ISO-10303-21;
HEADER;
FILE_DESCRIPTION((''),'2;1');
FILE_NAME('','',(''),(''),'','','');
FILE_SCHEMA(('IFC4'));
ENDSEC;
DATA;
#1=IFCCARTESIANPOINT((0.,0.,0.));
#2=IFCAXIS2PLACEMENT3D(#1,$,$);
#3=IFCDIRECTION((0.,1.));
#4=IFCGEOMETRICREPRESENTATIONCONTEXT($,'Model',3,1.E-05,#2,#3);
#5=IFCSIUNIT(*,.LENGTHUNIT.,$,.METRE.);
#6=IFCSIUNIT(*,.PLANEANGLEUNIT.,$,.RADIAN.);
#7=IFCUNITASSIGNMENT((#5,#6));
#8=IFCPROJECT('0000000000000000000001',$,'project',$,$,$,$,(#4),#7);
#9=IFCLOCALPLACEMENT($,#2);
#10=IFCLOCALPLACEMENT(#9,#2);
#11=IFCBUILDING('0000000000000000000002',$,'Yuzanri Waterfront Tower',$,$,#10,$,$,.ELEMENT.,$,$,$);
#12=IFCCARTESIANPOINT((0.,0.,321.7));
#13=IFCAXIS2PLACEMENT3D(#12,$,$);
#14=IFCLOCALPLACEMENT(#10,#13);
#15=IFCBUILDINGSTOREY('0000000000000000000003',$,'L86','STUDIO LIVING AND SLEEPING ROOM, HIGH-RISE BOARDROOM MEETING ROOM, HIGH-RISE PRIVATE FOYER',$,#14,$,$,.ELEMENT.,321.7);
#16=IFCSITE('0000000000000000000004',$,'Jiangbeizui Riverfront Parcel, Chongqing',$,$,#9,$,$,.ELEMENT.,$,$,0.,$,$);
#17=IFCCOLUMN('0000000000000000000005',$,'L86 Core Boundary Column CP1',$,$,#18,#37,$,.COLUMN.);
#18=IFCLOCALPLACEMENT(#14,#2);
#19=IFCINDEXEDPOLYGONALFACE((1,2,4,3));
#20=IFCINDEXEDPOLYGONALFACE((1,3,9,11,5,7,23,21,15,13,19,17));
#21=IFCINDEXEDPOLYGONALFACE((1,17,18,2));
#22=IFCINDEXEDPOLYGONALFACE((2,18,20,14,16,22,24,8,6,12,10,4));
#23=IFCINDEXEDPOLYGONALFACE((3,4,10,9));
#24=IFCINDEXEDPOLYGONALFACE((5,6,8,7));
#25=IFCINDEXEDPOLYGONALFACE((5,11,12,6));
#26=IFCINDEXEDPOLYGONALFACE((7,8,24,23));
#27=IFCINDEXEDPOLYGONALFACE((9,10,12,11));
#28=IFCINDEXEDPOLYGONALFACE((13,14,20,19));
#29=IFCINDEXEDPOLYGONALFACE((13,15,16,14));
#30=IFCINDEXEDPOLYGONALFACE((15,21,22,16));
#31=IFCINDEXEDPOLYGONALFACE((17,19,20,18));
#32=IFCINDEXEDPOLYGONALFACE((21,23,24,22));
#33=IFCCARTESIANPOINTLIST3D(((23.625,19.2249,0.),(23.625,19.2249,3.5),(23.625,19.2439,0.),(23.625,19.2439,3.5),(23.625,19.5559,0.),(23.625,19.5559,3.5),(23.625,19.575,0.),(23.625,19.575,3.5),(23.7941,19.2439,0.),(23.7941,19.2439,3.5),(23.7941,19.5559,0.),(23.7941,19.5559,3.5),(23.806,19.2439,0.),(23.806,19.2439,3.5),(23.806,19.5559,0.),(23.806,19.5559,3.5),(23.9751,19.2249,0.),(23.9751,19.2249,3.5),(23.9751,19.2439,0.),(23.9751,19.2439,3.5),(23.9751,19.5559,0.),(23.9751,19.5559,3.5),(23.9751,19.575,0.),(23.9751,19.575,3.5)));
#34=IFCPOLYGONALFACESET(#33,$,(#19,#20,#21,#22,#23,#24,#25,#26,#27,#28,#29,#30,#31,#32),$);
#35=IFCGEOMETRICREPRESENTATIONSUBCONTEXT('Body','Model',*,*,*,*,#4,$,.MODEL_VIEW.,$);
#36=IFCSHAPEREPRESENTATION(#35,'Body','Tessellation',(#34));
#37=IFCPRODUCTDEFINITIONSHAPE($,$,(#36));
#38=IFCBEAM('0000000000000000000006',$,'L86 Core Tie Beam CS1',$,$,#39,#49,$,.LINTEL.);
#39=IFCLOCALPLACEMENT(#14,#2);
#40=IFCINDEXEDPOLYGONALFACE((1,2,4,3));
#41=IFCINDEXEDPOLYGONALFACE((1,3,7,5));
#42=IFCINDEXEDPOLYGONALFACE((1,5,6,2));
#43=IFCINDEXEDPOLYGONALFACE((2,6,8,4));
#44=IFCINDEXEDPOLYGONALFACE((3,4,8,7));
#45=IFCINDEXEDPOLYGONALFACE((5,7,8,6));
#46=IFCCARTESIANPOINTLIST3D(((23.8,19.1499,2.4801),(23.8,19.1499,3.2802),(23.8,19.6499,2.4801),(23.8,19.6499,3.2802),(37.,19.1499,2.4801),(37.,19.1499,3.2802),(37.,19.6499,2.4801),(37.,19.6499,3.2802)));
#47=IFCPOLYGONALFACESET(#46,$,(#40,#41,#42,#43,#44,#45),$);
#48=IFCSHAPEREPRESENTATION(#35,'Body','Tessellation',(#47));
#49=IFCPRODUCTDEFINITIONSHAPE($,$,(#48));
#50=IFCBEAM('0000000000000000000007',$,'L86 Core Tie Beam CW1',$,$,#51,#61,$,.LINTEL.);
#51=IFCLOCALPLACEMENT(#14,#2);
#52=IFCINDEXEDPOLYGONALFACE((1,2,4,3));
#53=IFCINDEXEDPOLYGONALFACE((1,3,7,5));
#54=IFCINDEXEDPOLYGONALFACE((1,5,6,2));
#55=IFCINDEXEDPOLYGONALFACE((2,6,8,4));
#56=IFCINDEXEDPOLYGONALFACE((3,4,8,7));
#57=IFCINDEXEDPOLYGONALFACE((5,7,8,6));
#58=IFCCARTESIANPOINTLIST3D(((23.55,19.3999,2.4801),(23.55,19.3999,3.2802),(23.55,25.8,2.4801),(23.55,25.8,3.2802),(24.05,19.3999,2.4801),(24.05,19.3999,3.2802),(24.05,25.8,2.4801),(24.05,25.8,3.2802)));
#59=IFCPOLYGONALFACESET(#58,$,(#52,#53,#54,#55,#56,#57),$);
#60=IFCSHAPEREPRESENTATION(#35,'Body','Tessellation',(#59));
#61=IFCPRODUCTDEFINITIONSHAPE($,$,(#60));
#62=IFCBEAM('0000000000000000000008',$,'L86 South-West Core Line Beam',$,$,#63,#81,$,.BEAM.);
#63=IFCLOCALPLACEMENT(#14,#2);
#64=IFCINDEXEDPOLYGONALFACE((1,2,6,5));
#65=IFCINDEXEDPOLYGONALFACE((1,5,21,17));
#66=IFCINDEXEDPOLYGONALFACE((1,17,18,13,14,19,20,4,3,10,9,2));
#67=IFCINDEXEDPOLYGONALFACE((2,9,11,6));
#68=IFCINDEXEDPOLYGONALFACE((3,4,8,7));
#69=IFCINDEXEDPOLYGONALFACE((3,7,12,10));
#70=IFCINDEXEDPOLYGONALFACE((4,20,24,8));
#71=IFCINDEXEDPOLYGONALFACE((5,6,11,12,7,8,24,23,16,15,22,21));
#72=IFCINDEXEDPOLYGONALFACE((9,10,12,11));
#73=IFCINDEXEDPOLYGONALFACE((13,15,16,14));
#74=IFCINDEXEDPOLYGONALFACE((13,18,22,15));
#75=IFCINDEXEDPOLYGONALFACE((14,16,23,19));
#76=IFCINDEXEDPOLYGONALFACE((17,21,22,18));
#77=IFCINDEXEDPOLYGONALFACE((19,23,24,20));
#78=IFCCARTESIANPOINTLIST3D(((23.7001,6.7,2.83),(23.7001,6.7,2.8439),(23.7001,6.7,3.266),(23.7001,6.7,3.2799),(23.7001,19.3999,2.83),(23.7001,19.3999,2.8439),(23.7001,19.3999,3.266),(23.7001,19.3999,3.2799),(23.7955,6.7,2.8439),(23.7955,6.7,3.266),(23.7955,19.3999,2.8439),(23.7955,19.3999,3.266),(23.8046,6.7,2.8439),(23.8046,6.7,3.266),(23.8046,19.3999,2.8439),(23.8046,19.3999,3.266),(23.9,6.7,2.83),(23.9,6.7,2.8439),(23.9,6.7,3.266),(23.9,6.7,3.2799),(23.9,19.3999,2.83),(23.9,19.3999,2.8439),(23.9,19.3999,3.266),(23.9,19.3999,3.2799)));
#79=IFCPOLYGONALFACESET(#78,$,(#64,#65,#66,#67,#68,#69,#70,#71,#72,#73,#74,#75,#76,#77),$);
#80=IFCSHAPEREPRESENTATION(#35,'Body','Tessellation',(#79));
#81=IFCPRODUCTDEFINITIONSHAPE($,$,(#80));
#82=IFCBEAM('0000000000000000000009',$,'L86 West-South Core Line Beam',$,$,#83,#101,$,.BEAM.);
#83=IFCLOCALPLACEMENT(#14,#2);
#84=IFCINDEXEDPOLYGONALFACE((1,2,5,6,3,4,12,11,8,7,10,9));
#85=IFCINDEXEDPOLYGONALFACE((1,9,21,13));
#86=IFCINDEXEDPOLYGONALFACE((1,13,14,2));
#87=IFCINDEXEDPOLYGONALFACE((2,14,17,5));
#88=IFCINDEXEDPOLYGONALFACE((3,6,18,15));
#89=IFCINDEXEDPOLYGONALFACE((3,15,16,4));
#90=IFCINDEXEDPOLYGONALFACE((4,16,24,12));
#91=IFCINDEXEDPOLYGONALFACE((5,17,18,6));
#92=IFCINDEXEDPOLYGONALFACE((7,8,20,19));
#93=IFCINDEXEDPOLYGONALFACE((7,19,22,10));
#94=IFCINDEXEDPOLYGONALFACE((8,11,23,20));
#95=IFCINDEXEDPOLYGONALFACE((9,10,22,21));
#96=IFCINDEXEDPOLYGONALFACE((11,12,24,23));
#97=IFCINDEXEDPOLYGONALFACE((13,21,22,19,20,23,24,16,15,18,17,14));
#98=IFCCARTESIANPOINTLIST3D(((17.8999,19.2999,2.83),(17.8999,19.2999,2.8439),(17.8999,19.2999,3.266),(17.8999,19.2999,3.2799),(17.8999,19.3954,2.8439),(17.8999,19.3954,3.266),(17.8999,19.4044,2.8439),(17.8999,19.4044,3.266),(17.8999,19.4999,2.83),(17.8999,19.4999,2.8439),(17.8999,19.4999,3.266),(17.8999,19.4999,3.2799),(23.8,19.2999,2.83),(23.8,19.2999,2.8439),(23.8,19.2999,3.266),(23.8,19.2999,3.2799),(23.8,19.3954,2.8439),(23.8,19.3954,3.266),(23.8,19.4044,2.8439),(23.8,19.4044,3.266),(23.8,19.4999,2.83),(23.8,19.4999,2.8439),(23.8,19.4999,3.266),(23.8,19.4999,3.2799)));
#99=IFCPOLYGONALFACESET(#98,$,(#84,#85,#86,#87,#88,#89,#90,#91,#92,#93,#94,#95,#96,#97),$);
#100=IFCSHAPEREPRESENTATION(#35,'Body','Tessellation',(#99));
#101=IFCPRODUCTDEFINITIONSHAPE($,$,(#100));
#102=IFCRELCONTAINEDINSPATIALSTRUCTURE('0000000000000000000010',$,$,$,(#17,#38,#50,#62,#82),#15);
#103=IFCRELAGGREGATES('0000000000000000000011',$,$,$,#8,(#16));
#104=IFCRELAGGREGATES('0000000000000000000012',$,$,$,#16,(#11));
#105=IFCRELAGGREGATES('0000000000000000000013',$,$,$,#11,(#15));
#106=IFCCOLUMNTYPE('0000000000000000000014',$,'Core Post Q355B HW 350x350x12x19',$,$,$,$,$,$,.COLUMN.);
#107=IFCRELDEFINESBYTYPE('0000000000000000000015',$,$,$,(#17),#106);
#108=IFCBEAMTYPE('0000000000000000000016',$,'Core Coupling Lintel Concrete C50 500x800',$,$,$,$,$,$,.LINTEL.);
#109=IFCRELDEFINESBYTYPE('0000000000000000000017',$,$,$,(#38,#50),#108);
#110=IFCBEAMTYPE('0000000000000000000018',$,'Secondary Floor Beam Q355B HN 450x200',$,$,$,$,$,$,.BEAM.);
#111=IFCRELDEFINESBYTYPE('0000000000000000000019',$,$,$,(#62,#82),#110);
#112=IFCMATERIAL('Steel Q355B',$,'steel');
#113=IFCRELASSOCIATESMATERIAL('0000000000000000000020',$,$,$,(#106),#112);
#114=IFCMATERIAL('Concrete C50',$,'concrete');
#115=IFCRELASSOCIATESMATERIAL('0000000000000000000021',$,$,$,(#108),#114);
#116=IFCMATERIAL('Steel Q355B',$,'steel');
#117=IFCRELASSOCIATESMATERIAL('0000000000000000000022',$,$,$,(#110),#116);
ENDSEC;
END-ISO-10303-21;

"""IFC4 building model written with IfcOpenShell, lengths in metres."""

from ifc_helpers import new_model, si_unit, direction, frame, origin, origin_2d, place, context, subcontext, project, spatial, rectangle, i_section, extrude, source, transform, mapped, material, material_profile, profile_set, type_object, element, save


model = new_model("IFC4")

# Units and contexts
model_context = context("Model", 3, precision=1e-05, world=origin(), true_north=direction((0.0, 1.0)))
body_context = subcontext(model_context, "Body", "Model", "MODEL_VIEW")
ifc_project = project(units=[si_unit("LENGTHUNIT", "METRE"), si_unit("PLANEANGLEUNIT", "RADIAN")], contexts=[model_context])

# Site, building, storey
site_placement = place(None, origin())
site = spatial("IfcSite", under=ifc_project, at=site_placement, Name="Jiangbeizui Riverfront Parcel, Chongqing", CompositionType="ELEMENT", RefElevation=0.0)
building_placement = place(site_placement, origin())
building = spatial("IfcBuilding", under=site, at=building_placement, Name="Yuzanri Waterfront Tower", CompositionType="ELEMENT")
storey_placement = place(building_placement, frame((0.0, 0.0, 321.7)))
storey = spatial("IfcBuildingStorey", under=building, at=storey_placement, Name="L86", Description="STUDIO LIVING AND SLEEPING ROOM, HIGH-RISE BOARDROOM MEETING ROOM, HIGH-RISE PRIVATE FOYER", CompositionType="ELEMENT", Elevation=321.7)

# Column
ifc_material_1 = material(Name="Steel Q355B", Category="steel")
ifc_material_profile_1 = material_profile(ifc_material_1, i_section(OverallWidth=0.3501, OverallDepth=0.3501, WebThickness=0.012, FlangeThickness=0.019, at=origin_2d()), Name="HW 350x350x12x19")
ifc_profile_set_1 = profile_set([ifc_material_profile_1], Name="Steel Q355B")
column_type = type_object("IfcColumnType", Name="Core Post Q355B HW 350x350x12x19", PredefinedType="COLUMN", material=ifc_profile_set_1)
shared_shape_1 = source(origin(), body_context, "Body", "SweptSolid", [
    extrude(i_section(OverallWidth=0.3501, OverallDepth=0.3501, WebThickness=0.012, FlangeThickness=0.019, at=origin_2d()), origin(), (0.0, 0.0, 1.0), 3.5),
])
column_placement = place(storey_placement, frame((23.8, 19.3999, 0.0), z_axis=(0.0, 0.0, 1.0), x_axis=(1.0, 0.0, 0.0)))
element("IfcColumn", 1, at=column_placement, inside=storey, type_object=column_type, Name="L86 Core Boundary Column CP1", PredefinedType="COLUMN", context=body_context, shape_type="MappedRepresentation", body=[
    mapped(shared_shape_1, transform((0.0, 0.0, 0.0), scale=1.0)),
])

# Beams
ifc_material_2 = material(Name="Concrete C50", Category="concrete")
ifc_material_profile_2 = material_profile(ifc_material_2, rectangle(XDim=0.5, YDim=0.8, at=origin_2d()), Name="RC 500x800")
ifc_profile_set_2 = profile_set([ifc_material_profile_2], Name="Concrete C50")
beam_type_1 = type_object("IfcBeamType", Name="Core Coupling Lintel Concrete C50 500x800", PredefinedType="LINTEL", material=ifc_profile_set_2)
shared_shape_2 = source(origin(), body_context, "Body", "SweptSolid", [
    extrude(rectangle(XDim=0.5, YDim=0.8, at=origin_2d()), origin(), (0.0, 0.0, 1.0), 13.2),
])
beam_1_placement = place(storey_placement, frame((23.8, 19.3999, 2.8801), z_axis=(1.0, 0.0, 0.0), x_axis=(0.0, 1.0, 0.0)))
element("IfcBeam", 2, at=beam_1_placement, inside=storey, type_object=beam_type_1, Name="L86 Core Tie Beam CS1", PredefinedType="LINTEL", context=body_context, shape_type="MappedRepresentation", body=[
    mapped(shared_shape_2, transform((0.0, 0.0, 0.0), scale=1.0)),
])
shared_shape_3 = source(origin(), body_context, "Body", "SweptSolid", [
    extrude(rectangle(XDim=0.5, YDim=0.8, at=origin_2d()), origin(), (0.0, 0.0, 1.0), 6.4001),
])
beam_2_placement = place(storey_placement, frame((23.8, 19.3999, 2.8801), z_axis=(0.0, 1.0, 0.0), x_axis=(-1.0, 0.0, 0.0)))
element("IfcBeam", 3, at=beam_2_placement, inside=storey, type_object=beam_type_1, Name="L86 Core Tie Beam CW1", PredefinedType="LINTEL", context=body_context, shape_type="MappedRepresentation", body=[
    mapped(shared_shape_3, transform((0.0, 0.0, 0.0), scale=1.0)),
])
ifc_material_3 = material(Name="Steel Q355B", Category="steel")
ifc_material_profile_3 = material_profile(ifc_material_3, i_section(OverallWidth=0.2, OverallDepth=0.45, WebThickness=0.009, FlangeThickness=0.0139, at=origin_2d()), Name="HN 450x200x9x14")
ifc_profile_set_3 = profile_set([ifc_material_profile_3], Name="Steel Q355B")
beam_type_2 = type_object("IfcBeamType", Name="Secondary Floor Beam Q355B HN 450x200", PredefinedType="BEAM", material=ifc_profile_set_3)
shared_shape_4 = source(origin(), body_context, "Body", "SweptSolid", [
    extrude(i_section(OverallWidth=0.2, OverallDepth=0.45, WebThickness=0.009, FlangeThickness=0.0139, at=origin_2d()), origin(), (0.0, 0.0, 1.0), 12.7),
])
beam_3_placement = place(storey_placement, frame((23.8, 19.3999, 3.0549), z_axis=(0.0, -1.0, 0.0), x_axis=(1.0, 0.0, 0.0)))
element("IfcBeam", 4, at=beam_3_placement, inside=storey, type_object=beam_type_2, Name="L86 South-West Core Line Beam", PredefinedType="BEAM", context=body_context, shape_type="MappedRepresentation", body=[
    mapped(shared_shape_4, transform((0.0, 0.0, 0.0), scale=1.0)),
])
shared_shape_5 = source(origin(), body_context, "Body", "SweptSolid", [
    extrude(i_section(OverallWidth=0.2, OverallDepth=0.45, WebThickness=0.009, FlangeThickness=0.0139, at=origin_2d()), origin(), (0.0, 0.0, 1.0), 5.9001),
])
beam_4_placement = place(storey_placement, frame((23.8, 19.3999, 3.0549), z_axis=(-1.0, 0.0, 0.0), x_axis=(0.0, -1.0, 0.0)))
element("IfcBeam", 5, at=beam_4_placement, inside=storey, type_object=beam_type_2, Name="L86 West-South Core Line Beam", PredefinedType="BEAM", context=body_context, shape_type="MappedRepresentation", body=[
    mapped(shared_shape_5, transform((0.0, 0.0, 0.0), scale=1.0)),
])

save(model, "model.ifc")
